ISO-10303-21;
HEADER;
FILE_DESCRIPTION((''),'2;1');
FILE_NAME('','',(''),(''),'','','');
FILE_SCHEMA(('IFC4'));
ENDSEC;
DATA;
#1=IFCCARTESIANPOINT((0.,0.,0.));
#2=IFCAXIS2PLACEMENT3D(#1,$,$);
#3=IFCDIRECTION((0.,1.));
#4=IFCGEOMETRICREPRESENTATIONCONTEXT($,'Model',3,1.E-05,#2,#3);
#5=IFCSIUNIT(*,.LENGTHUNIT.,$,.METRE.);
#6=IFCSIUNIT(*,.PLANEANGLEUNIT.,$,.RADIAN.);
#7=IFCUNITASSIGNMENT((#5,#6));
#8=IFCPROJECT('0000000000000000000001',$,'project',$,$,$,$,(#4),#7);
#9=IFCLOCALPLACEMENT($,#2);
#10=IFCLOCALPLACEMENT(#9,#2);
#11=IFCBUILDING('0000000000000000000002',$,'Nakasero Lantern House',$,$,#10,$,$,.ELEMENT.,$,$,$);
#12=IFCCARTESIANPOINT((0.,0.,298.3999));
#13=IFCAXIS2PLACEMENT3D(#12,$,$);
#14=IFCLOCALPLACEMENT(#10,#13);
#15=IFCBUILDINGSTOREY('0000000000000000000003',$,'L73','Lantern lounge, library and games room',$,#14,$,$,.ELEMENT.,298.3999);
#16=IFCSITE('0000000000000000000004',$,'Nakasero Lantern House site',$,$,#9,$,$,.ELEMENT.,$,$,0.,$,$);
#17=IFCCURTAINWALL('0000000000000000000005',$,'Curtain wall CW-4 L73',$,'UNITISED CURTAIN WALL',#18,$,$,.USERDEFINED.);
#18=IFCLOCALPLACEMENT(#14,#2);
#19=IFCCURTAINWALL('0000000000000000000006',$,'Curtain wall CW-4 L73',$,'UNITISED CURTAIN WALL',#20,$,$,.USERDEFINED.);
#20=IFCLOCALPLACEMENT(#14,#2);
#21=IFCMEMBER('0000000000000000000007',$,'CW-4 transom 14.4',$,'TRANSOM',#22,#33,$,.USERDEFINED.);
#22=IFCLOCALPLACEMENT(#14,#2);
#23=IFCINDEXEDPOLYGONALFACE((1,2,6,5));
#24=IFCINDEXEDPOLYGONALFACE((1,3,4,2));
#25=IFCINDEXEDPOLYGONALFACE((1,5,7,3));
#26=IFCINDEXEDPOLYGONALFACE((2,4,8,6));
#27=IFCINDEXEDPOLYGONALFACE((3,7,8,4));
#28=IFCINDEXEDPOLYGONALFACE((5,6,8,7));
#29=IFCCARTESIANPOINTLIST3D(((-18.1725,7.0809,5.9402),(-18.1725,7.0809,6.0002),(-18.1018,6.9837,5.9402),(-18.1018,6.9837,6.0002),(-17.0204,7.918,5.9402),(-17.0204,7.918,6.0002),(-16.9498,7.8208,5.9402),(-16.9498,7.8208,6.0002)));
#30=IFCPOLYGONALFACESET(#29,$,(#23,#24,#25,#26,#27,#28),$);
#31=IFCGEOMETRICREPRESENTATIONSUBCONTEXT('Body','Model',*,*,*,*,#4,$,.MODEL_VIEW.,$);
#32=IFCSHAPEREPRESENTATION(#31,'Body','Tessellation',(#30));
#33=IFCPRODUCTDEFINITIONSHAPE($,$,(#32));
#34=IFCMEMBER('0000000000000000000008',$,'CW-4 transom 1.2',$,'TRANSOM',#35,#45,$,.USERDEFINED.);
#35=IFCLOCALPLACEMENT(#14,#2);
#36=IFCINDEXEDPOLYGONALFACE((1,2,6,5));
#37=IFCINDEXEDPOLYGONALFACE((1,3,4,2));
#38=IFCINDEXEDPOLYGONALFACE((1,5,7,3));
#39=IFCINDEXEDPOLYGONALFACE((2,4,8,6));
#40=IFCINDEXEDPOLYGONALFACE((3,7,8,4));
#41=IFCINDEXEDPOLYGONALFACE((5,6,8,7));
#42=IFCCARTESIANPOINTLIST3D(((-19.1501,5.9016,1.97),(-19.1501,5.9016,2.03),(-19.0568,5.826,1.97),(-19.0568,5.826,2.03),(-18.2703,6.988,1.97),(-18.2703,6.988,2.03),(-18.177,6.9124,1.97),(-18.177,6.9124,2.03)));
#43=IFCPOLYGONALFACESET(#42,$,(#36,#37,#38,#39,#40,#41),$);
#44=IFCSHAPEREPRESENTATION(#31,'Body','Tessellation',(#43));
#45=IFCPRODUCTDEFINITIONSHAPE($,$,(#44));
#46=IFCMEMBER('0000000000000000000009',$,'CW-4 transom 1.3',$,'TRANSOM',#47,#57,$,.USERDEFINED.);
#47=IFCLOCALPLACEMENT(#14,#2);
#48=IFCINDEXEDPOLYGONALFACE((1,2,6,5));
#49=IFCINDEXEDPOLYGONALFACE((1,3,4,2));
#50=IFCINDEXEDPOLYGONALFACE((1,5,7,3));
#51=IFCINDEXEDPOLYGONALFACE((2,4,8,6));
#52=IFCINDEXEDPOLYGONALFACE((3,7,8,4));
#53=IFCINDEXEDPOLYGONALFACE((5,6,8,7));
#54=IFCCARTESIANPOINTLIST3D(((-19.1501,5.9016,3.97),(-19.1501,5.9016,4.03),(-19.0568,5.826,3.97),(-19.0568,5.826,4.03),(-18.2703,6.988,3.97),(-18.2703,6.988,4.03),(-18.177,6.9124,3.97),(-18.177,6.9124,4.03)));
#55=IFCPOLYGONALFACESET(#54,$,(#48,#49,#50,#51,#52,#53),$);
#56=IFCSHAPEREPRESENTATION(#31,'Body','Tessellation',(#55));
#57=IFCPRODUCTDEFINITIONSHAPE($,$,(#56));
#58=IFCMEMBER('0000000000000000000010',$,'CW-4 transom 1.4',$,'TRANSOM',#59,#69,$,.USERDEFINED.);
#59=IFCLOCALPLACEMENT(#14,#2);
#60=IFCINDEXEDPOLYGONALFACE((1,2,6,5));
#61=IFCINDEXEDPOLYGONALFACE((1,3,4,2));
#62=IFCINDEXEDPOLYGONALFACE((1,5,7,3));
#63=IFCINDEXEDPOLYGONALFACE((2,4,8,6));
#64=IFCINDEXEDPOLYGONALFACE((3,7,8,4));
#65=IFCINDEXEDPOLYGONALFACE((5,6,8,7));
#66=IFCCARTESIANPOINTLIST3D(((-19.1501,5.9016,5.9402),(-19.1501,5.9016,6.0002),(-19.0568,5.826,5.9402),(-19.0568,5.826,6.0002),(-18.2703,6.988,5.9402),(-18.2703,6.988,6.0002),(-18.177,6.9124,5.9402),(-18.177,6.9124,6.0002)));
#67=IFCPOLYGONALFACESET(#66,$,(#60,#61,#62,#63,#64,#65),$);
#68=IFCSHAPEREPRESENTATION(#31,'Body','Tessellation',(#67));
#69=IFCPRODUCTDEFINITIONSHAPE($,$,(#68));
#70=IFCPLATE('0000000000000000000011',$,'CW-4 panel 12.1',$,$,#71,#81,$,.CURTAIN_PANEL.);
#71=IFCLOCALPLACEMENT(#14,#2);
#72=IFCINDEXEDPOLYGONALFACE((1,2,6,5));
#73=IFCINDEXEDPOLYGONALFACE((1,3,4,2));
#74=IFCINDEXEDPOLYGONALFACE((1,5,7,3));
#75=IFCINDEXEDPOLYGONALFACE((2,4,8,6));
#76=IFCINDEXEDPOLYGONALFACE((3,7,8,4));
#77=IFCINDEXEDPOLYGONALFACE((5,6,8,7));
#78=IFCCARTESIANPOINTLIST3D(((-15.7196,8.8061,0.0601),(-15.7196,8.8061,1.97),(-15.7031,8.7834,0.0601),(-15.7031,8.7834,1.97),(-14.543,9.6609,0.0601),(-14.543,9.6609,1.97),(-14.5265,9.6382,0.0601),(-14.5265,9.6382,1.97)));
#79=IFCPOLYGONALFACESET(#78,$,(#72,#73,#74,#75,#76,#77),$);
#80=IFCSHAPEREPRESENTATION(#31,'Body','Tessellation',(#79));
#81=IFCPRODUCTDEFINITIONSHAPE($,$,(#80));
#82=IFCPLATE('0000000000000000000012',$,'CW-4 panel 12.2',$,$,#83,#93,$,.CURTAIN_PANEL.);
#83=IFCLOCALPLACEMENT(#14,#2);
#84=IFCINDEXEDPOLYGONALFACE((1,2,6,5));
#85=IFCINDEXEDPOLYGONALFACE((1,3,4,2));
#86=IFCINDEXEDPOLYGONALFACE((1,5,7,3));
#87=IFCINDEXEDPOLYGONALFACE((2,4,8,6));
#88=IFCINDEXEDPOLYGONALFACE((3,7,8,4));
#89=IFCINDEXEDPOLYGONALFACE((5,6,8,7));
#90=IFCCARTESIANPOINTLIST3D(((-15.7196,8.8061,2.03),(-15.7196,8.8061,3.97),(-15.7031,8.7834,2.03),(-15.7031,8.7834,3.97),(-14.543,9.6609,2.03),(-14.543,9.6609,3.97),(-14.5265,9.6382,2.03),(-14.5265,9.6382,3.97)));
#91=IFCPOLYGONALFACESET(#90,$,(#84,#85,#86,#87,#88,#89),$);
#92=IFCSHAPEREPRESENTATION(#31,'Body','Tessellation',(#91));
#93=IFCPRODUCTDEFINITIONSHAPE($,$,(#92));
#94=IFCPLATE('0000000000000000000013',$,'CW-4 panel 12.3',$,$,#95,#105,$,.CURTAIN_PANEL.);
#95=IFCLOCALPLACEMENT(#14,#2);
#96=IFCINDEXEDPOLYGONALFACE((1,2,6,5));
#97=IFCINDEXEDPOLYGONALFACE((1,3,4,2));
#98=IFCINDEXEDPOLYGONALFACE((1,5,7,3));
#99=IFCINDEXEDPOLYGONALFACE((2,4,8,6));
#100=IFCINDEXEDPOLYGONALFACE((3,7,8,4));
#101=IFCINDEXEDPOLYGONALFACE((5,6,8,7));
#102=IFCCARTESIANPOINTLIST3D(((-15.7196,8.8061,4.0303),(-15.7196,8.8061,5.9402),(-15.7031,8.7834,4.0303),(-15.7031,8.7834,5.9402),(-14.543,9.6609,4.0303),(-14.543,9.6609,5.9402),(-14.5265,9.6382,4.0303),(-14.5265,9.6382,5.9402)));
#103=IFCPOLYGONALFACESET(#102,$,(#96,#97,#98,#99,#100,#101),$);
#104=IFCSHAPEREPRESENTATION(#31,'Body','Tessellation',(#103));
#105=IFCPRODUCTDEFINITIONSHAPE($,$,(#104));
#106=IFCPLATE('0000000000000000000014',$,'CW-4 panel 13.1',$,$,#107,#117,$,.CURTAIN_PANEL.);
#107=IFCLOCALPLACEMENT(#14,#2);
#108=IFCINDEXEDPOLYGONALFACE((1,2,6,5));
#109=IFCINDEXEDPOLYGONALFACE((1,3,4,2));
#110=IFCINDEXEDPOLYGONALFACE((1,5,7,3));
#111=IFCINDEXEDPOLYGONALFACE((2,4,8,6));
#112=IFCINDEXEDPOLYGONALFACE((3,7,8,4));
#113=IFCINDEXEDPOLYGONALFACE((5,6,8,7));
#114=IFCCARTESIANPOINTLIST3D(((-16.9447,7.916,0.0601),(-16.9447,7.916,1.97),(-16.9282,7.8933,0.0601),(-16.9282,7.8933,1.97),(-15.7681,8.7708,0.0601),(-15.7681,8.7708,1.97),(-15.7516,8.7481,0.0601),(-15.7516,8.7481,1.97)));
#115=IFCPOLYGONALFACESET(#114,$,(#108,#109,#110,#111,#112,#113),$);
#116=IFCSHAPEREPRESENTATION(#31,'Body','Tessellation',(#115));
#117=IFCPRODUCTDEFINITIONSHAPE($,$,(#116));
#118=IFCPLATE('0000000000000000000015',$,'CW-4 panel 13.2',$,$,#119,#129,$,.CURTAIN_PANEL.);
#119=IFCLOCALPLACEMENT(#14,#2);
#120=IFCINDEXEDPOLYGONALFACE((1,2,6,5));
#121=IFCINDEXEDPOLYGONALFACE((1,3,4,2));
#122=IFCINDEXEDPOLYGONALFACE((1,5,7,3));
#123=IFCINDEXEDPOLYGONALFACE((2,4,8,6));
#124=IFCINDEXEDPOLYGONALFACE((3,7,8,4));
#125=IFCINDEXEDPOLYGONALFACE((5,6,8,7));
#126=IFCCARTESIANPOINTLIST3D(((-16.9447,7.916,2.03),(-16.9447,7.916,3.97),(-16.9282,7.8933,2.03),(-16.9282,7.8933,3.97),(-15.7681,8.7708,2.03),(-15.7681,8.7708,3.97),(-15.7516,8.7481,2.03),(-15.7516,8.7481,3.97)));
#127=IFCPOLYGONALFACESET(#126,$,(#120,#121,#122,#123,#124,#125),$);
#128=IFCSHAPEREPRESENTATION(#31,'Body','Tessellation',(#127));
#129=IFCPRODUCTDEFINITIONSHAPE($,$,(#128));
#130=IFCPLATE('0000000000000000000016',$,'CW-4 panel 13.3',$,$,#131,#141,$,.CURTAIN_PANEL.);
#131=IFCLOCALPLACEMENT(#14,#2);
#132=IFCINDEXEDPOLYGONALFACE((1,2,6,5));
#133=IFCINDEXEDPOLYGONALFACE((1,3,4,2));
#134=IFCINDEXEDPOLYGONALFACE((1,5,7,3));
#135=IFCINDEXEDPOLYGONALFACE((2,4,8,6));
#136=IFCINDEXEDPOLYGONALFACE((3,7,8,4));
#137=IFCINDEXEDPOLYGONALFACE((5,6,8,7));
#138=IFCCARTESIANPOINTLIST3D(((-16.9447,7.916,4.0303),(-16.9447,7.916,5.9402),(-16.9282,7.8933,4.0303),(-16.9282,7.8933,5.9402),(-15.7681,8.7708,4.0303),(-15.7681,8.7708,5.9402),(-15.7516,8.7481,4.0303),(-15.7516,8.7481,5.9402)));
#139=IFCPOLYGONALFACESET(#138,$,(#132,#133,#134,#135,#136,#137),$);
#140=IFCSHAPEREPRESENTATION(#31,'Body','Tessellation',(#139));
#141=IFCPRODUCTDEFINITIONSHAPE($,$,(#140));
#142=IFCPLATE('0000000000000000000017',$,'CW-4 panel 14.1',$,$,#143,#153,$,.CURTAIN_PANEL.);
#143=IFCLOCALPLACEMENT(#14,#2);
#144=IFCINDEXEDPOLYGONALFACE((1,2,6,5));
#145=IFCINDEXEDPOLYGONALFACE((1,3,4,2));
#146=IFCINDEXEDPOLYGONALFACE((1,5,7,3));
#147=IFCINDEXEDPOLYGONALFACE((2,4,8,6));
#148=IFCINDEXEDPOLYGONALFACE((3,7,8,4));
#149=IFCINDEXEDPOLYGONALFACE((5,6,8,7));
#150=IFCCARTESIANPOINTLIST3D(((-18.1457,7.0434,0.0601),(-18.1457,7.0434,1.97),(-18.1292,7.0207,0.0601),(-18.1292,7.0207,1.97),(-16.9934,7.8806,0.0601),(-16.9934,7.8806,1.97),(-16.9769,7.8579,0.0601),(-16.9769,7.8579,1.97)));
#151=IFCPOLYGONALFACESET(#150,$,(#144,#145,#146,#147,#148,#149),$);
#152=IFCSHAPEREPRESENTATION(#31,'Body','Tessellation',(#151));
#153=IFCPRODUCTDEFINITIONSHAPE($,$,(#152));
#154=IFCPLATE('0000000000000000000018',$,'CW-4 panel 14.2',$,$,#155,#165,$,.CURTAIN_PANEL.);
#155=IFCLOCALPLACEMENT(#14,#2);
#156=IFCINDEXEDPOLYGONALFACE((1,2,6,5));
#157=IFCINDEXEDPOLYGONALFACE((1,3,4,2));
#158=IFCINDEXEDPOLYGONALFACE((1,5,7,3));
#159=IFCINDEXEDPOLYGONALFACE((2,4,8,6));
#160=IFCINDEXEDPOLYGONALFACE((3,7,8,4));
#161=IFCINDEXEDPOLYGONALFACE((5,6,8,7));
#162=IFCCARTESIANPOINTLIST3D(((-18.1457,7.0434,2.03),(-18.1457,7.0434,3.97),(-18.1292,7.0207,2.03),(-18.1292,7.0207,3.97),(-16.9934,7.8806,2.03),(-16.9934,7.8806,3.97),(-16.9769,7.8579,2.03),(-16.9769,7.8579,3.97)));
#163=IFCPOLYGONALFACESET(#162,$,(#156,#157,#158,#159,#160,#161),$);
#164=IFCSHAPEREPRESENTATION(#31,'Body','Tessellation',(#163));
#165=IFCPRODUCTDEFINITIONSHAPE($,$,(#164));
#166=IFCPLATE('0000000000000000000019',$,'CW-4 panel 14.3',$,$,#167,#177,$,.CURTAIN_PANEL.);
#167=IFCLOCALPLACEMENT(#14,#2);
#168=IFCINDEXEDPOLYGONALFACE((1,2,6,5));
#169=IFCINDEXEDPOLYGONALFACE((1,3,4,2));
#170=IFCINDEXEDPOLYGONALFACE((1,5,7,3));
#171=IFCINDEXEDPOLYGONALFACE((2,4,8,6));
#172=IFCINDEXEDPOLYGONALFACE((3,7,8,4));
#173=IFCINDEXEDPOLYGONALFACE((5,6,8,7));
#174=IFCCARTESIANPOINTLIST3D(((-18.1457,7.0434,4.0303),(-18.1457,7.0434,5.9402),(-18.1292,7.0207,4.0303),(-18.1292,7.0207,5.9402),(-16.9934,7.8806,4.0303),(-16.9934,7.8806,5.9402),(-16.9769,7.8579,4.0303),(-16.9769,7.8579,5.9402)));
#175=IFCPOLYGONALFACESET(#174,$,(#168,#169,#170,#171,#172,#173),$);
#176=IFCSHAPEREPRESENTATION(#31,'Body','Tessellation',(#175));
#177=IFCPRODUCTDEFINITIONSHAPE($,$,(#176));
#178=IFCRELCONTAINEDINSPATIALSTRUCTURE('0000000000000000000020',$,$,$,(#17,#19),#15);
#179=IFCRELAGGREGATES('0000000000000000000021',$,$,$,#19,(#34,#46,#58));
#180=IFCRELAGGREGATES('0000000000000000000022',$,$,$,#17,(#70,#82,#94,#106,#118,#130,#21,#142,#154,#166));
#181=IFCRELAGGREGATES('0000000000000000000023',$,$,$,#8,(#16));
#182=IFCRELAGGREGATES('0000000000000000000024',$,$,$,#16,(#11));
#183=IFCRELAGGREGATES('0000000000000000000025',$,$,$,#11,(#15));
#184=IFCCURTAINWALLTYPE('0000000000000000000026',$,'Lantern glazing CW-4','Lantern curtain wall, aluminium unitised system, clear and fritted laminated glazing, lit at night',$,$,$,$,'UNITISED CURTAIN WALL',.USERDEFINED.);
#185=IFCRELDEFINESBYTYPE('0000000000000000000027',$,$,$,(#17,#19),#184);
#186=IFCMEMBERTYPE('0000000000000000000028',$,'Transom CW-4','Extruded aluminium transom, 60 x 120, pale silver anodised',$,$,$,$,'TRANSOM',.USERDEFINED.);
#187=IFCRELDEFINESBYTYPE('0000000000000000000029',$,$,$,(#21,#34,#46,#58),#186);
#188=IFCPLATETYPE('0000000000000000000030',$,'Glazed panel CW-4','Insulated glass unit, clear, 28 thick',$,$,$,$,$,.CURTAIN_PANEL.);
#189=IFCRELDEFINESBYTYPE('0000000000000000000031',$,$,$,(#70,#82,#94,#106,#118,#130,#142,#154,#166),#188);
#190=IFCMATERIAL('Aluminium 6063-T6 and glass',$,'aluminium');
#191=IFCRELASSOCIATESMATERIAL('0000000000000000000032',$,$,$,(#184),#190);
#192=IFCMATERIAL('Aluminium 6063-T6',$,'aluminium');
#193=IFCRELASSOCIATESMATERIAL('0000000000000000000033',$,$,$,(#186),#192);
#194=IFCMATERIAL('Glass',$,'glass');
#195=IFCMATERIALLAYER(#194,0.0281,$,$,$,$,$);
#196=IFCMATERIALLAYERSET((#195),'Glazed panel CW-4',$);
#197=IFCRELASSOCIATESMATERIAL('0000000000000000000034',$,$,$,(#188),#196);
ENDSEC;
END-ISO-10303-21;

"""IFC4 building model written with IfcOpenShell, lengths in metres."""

from ifc_helpers import new_model, si_unit, direction, frame, origin, origin_2d, place, context, subcontext, project, spatial, rectangle, extrude, material, layer, layer_set, material_profile, profile_set, type_object, element, aggregate, save


model = new_model("IFC4")

# Units and contexts
model_context = context("Model", 3, precision=1e-05, world=origin(), true_north=direction((0.0, 1.0)))
body_context = subcontext(model_context, "Body", "Model", "MODEL_VIEW")
ifc_project = project(units=[si_unit("LENGTHUNIT", "METRE"), si_unit("PLANEANGLEUNIT", "RADIAN")], contexts=[model_context])

# Site, building, storey
site_placement = place(None, origin())
site = spatial("IfcSite", under=ifc_project, at=site_placement, Name="Nakasero Lantern House site", CompositionType="ELEMENT", RefElevation=0.0)
building_placement = place(site_placement, origin())
building = spatial("IfcBuilding", under=site, at=building_placement, Name="Nakasero Lantern House", CompositionType="ELEMENT")
storey_placement = place(building_placement, frame((0.0, 0.0, 298.3999)))
storey = spatial("IfcBuildingStorey", under=building, at=storey_placement, Name="L73", Description="Lantern lounge, library and games room", CompositionType="ELEMENT", Elevation=298.3999)

# Curtain wall
ifc_material_1 = material(Name="Aluminium 6063-T6 and glass", Category="aluminium")
curtain_wall_type = type_object("IfcCurtainWallType", Name="Lantern glazing CW-4", Description="Lantern curtain wall, aluminium unitised system, clear and fritted laminated glazing, lit at night", ElementType="UNITISED CURTAIN WALL", PredefinedType="USERDEFINED", material=ifc_material_1)
curtain_wall_1_placement = place(storey_placement, origin())
curtain_wall_1 = element("IfcCurtainWall", 1, at=curtain_wall_1_placement, inside=storey, type_object=curtain_wall_type, Name="Curtain wall CW-4 L73", ObjectType="UNITISED CURTAIN WALL", PredefinedType="USERDEFINED")

# Curtain wall
curtain_wall_2_placement = place(storey_placement, origin())
curtain_wall_2 = element("IfcCurtainWall", 2, at=curtain_wall_2_placement, inside=storey, type_object=curtain_wall_type, Name="Curtain wall CW-4 L73", ObjectType="UNITISED CURTAIN WALL", PredefinedType="USERDEFINED")

# Members
ifc_material_2 = material(Name="Aluminium 6063-T6", Category="aluminium")
ifc_material_profile_1 = material_profile(ifc_material_2, rectangle(XDim=0.0601, YDim=0.1201, at=origin_2d()), Name="CW-4 transom 60x120")
ifc_profile_set_1 = profile_set([ifc_material_profile_1], Name="Aluminium 6063-T6")
member_type_1 = type_object("IfcMemberType", Name="Transom CW-4", Description="Extruded aluminium transom, 60 x 120, pale silver anodised", ElementType="TRANSOM", PredefinedType="USERDEFINED", material=ifc_profile_set_1)
member_1_placement = place(storey_placement, frame((-16.9851, 7.8694, 5.9702), z_axis=(-0.808981, -0.587835, 0.0), x_axis=(0.0, 0.0, 1.0)))
member_1 = element("IfcMember", 3, at=member_1_placement, type_object=member_type_1, Name="CW-4 transom 14.4", ObjectType="TRANSOM", PredefinedType="USERDEFINED", context=body_context, shape_type="SweptSolid", body=[
    extrude(rectangle(XDim=0.0601, YDim=0.1201, at=origin_2d()), origin(), (0.0, 0.0, 1.0), 1.4241),
])
member_2_placement = place(storey_placement, frame((-18.2236, 6.9502, 2.0), z_axis=(-0.629369, -0.777107, 0.0), x_axis=(0.0, 0.0, 1.0)))
member_2 = element("IfcMember", 4, at=member_2_placement, type_object=member_type_1, Name="CW-4 transom 1.2", ObjectType="TRANSOM", PredefinedType="USERDEFINED", context=body_context, shape_type="SweptSolid", body=[
    extrude(rectangle(XDim=0.0601, YDim=0.1201, at=origin_2d()), origin(), (0.0, 0.0, 1.0), 1.3979),
])
member_3_placement = place(storey_placement, frame((-18.2236, 6.9502, 4.0), z_axis=(-0.629369, -0.777107, 0.0), x_axis=(0.0, 0.0, 1.0)))
member_3 = element("IfcMember", 5, at=member_3_placement, type_object=member_type_1, Name="CW-4 transom 1.3", ObjectType="TRANSOM", PredefinedType="USERDEFINED", context=body_context, shape_type="SweptSolid", body=[
    extrude(rectangle(XDim=0.0601, YDim=0.1201, at=origin_2d()), origin(), (0.0, 0.0, 1.0), 1.3979),
])
member_4_placement = place(storey_placement, frame((-18.2236, 6.9502, 5.9702), z_axis=(-0.629369, -0.777107, 0.0), x_axis=(0.0, 0.0, 1.0)))
member_4 = element("IfcMember", 6, at=member_4_placement, type_object=member_type_1, Name="CW-4 transom 1.4", ObjectType="TRANSOM", PredefinedType="USERDEFINED", context=body_context, shape_type="SweptSolid", body=[
    extrude(rectangle(XDim=0.0601, YDim=0.1201, at=origin_2d()), origin(), (0.0, 0.0, 1.0), 1.3979),
])
aggregate(curtain_wall_2, [member_2, member_3, member_4])

# Plates
ifc_material_3 = material(Name="Glass", Category="glass")
ifc_layer = layer(ifc_material_3, 0.0281)
ifc_layer_set = layer_set([ifc_layer], Name="Glazed panel CW-4")
plate_type = type_object("IfcPlateType", Name="Glazed panel CW-4", Description="Insulated glass unit, clear, 28 thick", PredefinedType="CURTAIN_PANEL", material=ifc_layer_set)
plate_1_placement = place(storey_placement, frame((-15.123, 9.2222, 0.0601), z_axis=(0.0, 0.0, 1.0), x_axis=(-0.809017, -0.587785, 0.0)))
plate_1 = element("IfcPlate", 7, at=plate_1_placement, type_object=plate_type, Name="CW-4 panel 12.1", PredefinedType="CURTAIN_PANEL", context=body_context, shape_type="SweptSolid", body=[
    extrude(rectangle(XDim=1.4543, YDim=0.0281, at=origin_2d()), origin(), (0.0, 0.0, 1.0), 1.9099),
])
plate_2_placement = place(storey_placement, frame((-15.123, 9.2222, 2.03), z_axis=(0.0, 0.0, 1.0), x_axis=(-0.809017, -0.587785, 0.0)))
plate_2 = element("IfcPlate", 8, at=plate_2_placement, type_object=plate_type, Name="CW-4 panel 12.2", PredefinedType="CURTAIN_PANEL", context=body_context, shape_type="SweptSolid", body=[
    extrude(rectangle(XDim=1.4543, YDim=0.0281, at=origin_2d()), origin(), (0.0, 0.0, 1.0), 1.9399),
])
plate_3_placement = place(storey_placement, frame((-15.123, 9.2222, 4.0303), z_axis=(0.0, 0.0, 1.0), x_axis=(-0.809017, -0.587785, 0.0)))
plate_3 = element("IfcPlate", 9, at=plate_3_placement, type_object=plate_type, Name="CW-4 panel 12.3", PredefinedType="CURTAIN_PANEL", context=body_context, shape_type="SweptSolid", body=[
    extrude(rectangle(XDim=1.4543, YDim=0.0281, at=origin_2d()), origin(), (0.0, 0.0, 1.0), 1.9099),
])
plate_4_placement = place(storey_placement, frame((-16.3481, 8.332, 0.0601), z_axis=(0.0, 0.0, 1.0), x_axis=(-0.809017, -0.587785, 0.0)))
plate_4 = element("IfcPlate", 10, at=plate_4_placement, type_object=plate_type, Name="CW-4 panel 13.1", PredefinedType="CURTAIN_PANEL", context=body_context, shape_type="SweptSolid", body=[
    extrude(rectangle(XDim=1.4543, YDim=0.0281, at=origin_2d()), origin(), (0.0, 0.0, 1.0), 1.9099),
])
plate_5_placement = place(storey_placement, frame((-16.3481, 8.332, 2.03), z_axis=(0.0, 0.0, 1.0), x_axis=(-0.809017, -0.587785, 0.0)))
plate_5 = element("IfcPlate", 11, at=plate_5_placement, type_object=plate_type, Name="CW-4 panel 13.2", PredefinedType="CURTAIN_PANEL", context=body_context, shape_type="SweptSolid", body=[
    extrude(rectangle(XDim=1.4543, YDim=0.0281, at=origin_2d()), origin(), (0.0, 0.0, 1.0), 1.9399),
])
plate_6_placement = place(storey_placement, frame((-16.3481, 8.332, 4.0303), z_axis=(0.0, 0.0, 1.0), x_axis=(-0.809017, -0.587785, 0.0)))
plate_6 = element("IfcPlate", 12, at=plate_6_placement, type_object=plate_type, Name="CW-4 panel 13.3", PredefinedType="CURTAIN_PANEL", context=body_context, shape_type="SweptSolid", body=[
    extrude(rectangle(XDim=1.4543, YDim=0.0281, at=origin_2d()), origin(), (0.0, 0.0, 1.0), 1.9099),
])
plate_7_placement = place(storey_placement, frame((-17.5613, 7.4507, 0.0601), z_axis=(0.0, 0.0, 1.0), x_axis=(-0.809017, -0.587785, 0.0)))
plate_7 = element("IfcPlate", 13, at=plate_7_placement, type_object=plate_type, Name="CW-4 panel 14.1", PredefinedType="CURTAIN_PANEL", context=body_context, shape_type="SweptSolid", body=[
    extrude(rectangle(XDim=1.4243, YDim=0.0281, at=origin_2d()), origin(), (0.0, 0.0, 1.0), 1.9099),
])
plate_8_placement = place(storey_placement, frame((-17.5613, 7.4507, 2.03), z_axis=(0.0, 0.0, 1.0), x_axis=(-0.809017, -0.587785, 0.0)))
plate_8 = element("IfcPlate", 14, at=plate_8_placement, type_object=plate_type, Name="CW-4 panel 14.2", PredefinedType="CURTAIN_PANEL", context=body_context, shape_type="SweptSolid", body=[
    extrude(rectangle(XDim=1.4243, YDim=0.0281, at=origin_2d()), origin(), (0.0, 0.0, 1.0), 1.9399),
])
plate_9_placement = place(storey_placement, frame((-17.5613, 7.4507, 4.0303), z_axis=(0.0, 0.0, 1.0), x_axis=(-0.809017, -0.587785, 0.0)))
plate_9 = element("IfcPlate", 15, at=plate_9_placement, type_object=plate_type, Name="CW-4 panel 14.3", PredefinedType="CURTAIN_PANEL", context=body_context, shape_type="SweptSolid", body=[
    extrude(rectangle(XDim=1.4243, YDim=0.0281, at=origin_2d()), origin(), (0.0, 0.0, 1.0), 1.9099),
])
aggregate(curtain_wall_1, [plate_1, plate_2, plate_3, plate_4, plate_5, plate_6, member_1, plate_7, plate_8, plate_9])

save(model, "model.ifc")
